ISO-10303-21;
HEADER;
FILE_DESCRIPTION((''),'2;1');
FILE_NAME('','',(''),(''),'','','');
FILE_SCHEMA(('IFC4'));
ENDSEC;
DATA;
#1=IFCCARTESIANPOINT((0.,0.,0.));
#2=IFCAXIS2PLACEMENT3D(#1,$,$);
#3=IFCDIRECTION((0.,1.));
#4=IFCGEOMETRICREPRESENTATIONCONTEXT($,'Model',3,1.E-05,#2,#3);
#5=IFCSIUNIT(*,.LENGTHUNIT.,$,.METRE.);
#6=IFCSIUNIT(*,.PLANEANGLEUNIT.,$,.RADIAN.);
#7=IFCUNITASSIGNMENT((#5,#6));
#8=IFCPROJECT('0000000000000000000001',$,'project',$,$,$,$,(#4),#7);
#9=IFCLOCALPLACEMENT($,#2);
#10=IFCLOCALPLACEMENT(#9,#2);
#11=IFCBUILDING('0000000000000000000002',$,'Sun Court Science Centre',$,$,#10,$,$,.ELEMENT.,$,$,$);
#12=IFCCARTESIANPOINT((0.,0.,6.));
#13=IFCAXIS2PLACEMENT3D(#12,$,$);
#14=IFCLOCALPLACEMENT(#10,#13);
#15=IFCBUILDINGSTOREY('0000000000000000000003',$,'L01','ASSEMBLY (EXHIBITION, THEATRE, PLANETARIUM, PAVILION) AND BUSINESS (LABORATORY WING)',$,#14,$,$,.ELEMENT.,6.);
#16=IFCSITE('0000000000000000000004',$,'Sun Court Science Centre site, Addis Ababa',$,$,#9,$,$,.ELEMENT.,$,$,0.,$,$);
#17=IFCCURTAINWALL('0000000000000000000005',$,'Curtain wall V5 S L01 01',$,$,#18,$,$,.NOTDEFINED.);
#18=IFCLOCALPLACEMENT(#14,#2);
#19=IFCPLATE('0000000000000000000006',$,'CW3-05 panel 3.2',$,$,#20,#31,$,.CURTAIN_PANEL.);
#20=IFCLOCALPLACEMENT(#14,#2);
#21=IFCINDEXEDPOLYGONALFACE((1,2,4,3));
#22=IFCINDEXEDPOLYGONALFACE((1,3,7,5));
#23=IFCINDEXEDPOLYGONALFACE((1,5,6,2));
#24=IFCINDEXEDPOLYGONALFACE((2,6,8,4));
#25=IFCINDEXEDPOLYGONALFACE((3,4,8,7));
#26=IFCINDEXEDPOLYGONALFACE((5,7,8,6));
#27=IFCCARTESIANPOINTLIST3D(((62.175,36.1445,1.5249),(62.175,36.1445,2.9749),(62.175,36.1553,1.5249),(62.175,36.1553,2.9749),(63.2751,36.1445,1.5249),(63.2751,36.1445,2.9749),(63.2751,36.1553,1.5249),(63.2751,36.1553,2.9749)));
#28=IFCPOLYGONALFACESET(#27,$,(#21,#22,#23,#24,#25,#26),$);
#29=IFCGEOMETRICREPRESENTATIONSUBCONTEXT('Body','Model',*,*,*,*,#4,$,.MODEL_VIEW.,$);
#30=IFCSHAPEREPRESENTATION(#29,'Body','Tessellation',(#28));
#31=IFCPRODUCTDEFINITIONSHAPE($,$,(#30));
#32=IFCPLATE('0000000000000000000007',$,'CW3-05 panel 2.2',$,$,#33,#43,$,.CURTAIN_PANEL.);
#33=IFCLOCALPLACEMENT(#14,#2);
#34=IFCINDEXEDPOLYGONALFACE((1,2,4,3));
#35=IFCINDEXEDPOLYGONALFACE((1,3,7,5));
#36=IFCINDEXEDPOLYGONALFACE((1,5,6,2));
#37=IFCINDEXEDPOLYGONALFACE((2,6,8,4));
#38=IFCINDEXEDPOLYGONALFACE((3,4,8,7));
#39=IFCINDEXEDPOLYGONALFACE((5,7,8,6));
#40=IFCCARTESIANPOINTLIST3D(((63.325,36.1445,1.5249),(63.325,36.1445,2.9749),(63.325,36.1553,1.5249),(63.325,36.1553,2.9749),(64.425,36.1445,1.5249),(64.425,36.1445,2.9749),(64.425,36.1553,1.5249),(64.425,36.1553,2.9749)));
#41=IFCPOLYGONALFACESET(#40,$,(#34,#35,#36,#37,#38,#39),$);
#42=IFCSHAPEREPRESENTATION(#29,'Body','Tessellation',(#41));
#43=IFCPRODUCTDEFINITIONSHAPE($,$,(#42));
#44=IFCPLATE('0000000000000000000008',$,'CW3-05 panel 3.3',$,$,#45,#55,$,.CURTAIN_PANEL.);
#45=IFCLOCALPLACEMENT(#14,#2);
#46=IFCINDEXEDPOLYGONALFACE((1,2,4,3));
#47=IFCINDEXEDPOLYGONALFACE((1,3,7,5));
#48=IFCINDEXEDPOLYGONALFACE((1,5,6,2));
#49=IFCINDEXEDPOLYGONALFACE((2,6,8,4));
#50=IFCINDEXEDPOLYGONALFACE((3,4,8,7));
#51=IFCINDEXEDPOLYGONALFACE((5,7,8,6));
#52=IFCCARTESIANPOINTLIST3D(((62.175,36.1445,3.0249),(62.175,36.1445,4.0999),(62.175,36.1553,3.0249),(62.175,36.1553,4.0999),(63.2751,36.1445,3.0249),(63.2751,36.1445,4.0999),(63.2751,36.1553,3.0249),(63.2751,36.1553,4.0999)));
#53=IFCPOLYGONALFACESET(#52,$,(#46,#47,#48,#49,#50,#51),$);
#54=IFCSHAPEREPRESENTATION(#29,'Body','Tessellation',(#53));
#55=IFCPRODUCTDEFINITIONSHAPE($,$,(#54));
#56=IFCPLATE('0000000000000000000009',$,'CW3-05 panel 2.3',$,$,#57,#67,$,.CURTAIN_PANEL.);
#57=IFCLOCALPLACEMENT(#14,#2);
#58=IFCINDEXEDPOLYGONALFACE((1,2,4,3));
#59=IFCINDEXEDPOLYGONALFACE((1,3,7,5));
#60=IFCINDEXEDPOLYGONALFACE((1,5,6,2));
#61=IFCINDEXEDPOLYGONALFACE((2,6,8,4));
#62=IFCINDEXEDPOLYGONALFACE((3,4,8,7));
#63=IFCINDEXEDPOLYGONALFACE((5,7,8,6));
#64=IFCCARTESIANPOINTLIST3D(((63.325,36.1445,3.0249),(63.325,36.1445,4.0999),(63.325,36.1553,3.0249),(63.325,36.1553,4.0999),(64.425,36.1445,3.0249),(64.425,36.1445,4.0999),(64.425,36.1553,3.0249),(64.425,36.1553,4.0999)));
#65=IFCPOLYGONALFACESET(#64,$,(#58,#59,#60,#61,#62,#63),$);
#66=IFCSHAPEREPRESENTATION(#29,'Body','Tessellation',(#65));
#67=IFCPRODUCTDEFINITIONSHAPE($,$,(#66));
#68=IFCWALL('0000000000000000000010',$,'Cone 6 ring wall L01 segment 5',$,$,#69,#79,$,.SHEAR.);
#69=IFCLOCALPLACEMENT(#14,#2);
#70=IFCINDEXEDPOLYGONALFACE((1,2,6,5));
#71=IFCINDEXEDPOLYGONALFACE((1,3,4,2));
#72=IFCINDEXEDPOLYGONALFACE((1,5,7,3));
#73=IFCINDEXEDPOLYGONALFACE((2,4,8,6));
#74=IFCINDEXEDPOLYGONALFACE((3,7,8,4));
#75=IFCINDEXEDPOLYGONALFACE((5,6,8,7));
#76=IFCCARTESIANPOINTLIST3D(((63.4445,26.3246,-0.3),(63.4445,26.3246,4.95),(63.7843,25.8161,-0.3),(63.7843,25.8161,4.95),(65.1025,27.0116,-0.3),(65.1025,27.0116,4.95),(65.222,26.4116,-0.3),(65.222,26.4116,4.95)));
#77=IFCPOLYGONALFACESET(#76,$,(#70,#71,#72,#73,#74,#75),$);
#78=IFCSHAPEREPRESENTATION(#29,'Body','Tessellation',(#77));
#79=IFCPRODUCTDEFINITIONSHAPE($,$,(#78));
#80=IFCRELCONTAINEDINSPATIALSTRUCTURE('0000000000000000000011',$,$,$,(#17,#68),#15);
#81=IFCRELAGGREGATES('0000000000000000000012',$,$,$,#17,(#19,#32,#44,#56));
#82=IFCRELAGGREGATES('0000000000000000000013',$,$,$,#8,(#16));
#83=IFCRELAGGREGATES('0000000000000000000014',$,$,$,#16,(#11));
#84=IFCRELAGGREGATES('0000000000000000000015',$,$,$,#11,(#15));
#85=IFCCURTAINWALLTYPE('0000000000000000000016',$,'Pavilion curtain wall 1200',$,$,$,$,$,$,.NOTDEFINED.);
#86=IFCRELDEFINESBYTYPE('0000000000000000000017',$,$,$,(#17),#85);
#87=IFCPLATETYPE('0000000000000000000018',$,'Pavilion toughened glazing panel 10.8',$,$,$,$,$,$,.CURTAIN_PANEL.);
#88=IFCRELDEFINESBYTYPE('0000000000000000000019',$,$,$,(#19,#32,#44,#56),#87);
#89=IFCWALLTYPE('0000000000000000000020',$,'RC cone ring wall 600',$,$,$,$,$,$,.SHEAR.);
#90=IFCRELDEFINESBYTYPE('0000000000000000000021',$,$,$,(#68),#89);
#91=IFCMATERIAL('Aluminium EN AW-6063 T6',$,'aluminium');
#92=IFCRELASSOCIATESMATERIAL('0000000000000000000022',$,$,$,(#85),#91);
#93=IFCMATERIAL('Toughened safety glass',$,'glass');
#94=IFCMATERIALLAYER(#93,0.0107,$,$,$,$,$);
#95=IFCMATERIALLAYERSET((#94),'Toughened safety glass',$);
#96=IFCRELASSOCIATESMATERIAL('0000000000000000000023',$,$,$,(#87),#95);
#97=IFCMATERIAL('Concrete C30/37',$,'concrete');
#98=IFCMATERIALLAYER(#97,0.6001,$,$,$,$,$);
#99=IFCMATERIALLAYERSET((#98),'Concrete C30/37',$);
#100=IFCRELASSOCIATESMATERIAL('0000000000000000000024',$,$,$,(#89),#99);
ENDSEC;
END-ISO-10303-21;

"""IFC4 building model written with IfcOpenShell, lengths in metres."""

from ifc_helpers import new_model, si_unit, direction, frame, origin, origin_2d, place, context, subcontext, project, spatial, polyline, rectangle, outline, extrude, material, layer, layer_set, type_object, element, aggregate, save


model = new_model("IFC4")

# Units and contexts
model_context = context("Model", 3, precision=1e-05, world=origin(), true_north=direction((0.0, 1.0)))
body_context = subcontext(model_context, "Body", "Model", "MODEL_VIEW")
ifc_project = project(units=[si_unit("LENGTHUNIT", "METRE"), si_unit("PLANEANGLEUNIT", "RADIAN")], contexts=[model_context])

# Site, building, storey
site_placement = place(None, origin())
site = spatial("IfcSite", under=ifc_project, at=site_placement, Name="Sun Court Science Centre site, Addis Ababa", CompositionType="ELEMENT", RefElevation=0.0)
building_placement = place(site_placement, origin())
building = spatial("IfcBuilding", under=site, at=building_placement, Name="Sun Court Science Centre", CompositionType="ELEMENT")
storey_placement = place(building_placement, frame((0.0, 0.0, 6.0)))
storey = spatial("IfcBuildingStorey", under=building, at=storey_placement, Name="L01", Description="ASSEMBLY (EXHIBITION, THEATRE, PLANETARIUM, PAVILION) AND BUSINESS (LABORATORY WING)", CompositionType="ELEMENT", Elevation=6.0)

# Curtain wall
ifc_material_1 = material(Name="Aluminium EN AW-6063 T6", Category="aluminium")
curtain_wall_type = type_object("IfcCurtainWallType", Name="Pavilion curtain wall 1200", PredefinedType="NOTDEFINED", material=ifc_material_1)
curtain_wall_placement = place(storey_placement, origin())
curtain_wall = element("IfcCurtainWall", 1, at=curtain_wall_placement, inside=storey, type_object=curtain_wall_type, Name="Curtain wall V5 S L01 01", PredefinedType="NOTDEFINED")

# Plates
ifc_material_2 = material(Name="Toughened safety glass", Category="glass")
ifc_layer_1 = layer(ifc_material_2, 0.0107)
ifc_layer_set_1 = layer_set([ifc_layer_1], Name="Toughened safety glass")
plate_type = type_object("IfcPlateType", Name="Pavilion toughened glazing panel 10.8", PredefinedType="CURTAIN_PANEL", material=ifc_layer_set_1)
plate_1_placement = place(storey_placement, frame((62.7251, 36.1499, 1.5249), z_axis=(0.0, 0.0, 1.0), x_axis=(-1.0, 0.0, 0.0)))
plate_1 = element("IfcPlate", 2, at=plate_1_placement, type_object=plate_type, Name="CW3-05 panel 3.2", PredefinedType="CURTAIN_PANEL", context=body_context, shape_type="SweptSolid", body=[
    extrude(rectangle(XDim=1.1001, YDim=0.0107, at=origin_2d()), origin(), (0.0, 0.0, 1.0), 1.45),
])
plate_2_placement = place(storey_placement, frame((63.875, 36.1499, 1.5249), z_axis=(0.0, 0.0, 1.0), x_axis=(-1.0, 0.0, 0.0)))
plate_2 = element("IfcPlate", 3, at=plate_2_placement, type_object=plate_type, Name="CW3-05 panel 2.2", PredefinedType="CURTAIN_PANEL", context=body_context, shape_type="SweptSolid", body=[
    extrude(rectangle(XDim=1.1001, YDim=0.0107, at=origin_2d()), origin(), (0.0, 0.0, 1.0), 1.45),
])
plate_3_placement = place(storey_placement, frame((62.7251, 36.1499, 3.0249), z_axis=(0.0, 0.0, 1.0), x_axis=(-1.0, 0.0, 0.0)))
plate_3 = element("IfcPlate", 4, at=plate_3_placement, type_object=plate_type, Name="CW3-05 panel 3.3", PredefinedType="CURTAIN_PANEL", context=body_context, shape_type="SweptSolid", body=[
    extrude(rectangle(XDim=1.1001, YDim=0.0107, at=origin_2d()), origin(), (0.0, 0.0, 1.0), 1.075),
])
plate_4_placement = place(storey_placement, frame((63.875, 36.1499, 3.0249), z_axis=(0.0, 0.0, 1.0), x_axis=(-1.0, 0.0, 0.0)))
plate_4 = element("IfcPlate", 5, at=plate_4_placement, type_object=plate_type, Name="CW3-05 panel 2.3", PredefinedType="CURTAIN_PANEL", context=body_context, shape_type="SweptSolid", body=[
    extrude(rectangle(XDim=1.1001, YDim=0.0107, at=origin_2d()), origin(), (0.0, 0.0, 1.0), 1.075),
])
aggregate(curtain_wall, [plate_1, plate_2, plate_3, plate_4])

# Wall
ifc_material_3 = material(Name="Concrete C30/37", Category="concrete")
ifc_layer_2 = layer(ifc_material_3, 0.6001)
ifc_layer_set_2 = layer_set([ifc_layer_2], Name="Concrete C30/37")
wall_type = type_object("IfcWallType", Name="RC cone ring wall 600", PredefinedType="SHEAR", material=ifc_layer_set_2)
wall_placement = place(storey_placement, frame((65.2173, 26.7344, -0.3), z_axis=(0.0, 0.0, 1.0), x_axis=(-0.923896, -0.382644, 0.0)))
element("IfcWall", 6, at=wall_placement, inside=storey, type_object=wall_type, Name="Cone 6 ring wall L01 segment 5", PredefinedType="SHEAR", context=body_context, shape_type="SweptSolid", body=[
    extrude(outline(polyline([(0.0, -0.3), (1.7947, -0.2998), (1.6753, 0.3), (0.1191, 0.3), (0.0, -0.3)])), origin(), (0.0, 0.0, 1.0), 5.25),
])

save(model, "model.ifc")
